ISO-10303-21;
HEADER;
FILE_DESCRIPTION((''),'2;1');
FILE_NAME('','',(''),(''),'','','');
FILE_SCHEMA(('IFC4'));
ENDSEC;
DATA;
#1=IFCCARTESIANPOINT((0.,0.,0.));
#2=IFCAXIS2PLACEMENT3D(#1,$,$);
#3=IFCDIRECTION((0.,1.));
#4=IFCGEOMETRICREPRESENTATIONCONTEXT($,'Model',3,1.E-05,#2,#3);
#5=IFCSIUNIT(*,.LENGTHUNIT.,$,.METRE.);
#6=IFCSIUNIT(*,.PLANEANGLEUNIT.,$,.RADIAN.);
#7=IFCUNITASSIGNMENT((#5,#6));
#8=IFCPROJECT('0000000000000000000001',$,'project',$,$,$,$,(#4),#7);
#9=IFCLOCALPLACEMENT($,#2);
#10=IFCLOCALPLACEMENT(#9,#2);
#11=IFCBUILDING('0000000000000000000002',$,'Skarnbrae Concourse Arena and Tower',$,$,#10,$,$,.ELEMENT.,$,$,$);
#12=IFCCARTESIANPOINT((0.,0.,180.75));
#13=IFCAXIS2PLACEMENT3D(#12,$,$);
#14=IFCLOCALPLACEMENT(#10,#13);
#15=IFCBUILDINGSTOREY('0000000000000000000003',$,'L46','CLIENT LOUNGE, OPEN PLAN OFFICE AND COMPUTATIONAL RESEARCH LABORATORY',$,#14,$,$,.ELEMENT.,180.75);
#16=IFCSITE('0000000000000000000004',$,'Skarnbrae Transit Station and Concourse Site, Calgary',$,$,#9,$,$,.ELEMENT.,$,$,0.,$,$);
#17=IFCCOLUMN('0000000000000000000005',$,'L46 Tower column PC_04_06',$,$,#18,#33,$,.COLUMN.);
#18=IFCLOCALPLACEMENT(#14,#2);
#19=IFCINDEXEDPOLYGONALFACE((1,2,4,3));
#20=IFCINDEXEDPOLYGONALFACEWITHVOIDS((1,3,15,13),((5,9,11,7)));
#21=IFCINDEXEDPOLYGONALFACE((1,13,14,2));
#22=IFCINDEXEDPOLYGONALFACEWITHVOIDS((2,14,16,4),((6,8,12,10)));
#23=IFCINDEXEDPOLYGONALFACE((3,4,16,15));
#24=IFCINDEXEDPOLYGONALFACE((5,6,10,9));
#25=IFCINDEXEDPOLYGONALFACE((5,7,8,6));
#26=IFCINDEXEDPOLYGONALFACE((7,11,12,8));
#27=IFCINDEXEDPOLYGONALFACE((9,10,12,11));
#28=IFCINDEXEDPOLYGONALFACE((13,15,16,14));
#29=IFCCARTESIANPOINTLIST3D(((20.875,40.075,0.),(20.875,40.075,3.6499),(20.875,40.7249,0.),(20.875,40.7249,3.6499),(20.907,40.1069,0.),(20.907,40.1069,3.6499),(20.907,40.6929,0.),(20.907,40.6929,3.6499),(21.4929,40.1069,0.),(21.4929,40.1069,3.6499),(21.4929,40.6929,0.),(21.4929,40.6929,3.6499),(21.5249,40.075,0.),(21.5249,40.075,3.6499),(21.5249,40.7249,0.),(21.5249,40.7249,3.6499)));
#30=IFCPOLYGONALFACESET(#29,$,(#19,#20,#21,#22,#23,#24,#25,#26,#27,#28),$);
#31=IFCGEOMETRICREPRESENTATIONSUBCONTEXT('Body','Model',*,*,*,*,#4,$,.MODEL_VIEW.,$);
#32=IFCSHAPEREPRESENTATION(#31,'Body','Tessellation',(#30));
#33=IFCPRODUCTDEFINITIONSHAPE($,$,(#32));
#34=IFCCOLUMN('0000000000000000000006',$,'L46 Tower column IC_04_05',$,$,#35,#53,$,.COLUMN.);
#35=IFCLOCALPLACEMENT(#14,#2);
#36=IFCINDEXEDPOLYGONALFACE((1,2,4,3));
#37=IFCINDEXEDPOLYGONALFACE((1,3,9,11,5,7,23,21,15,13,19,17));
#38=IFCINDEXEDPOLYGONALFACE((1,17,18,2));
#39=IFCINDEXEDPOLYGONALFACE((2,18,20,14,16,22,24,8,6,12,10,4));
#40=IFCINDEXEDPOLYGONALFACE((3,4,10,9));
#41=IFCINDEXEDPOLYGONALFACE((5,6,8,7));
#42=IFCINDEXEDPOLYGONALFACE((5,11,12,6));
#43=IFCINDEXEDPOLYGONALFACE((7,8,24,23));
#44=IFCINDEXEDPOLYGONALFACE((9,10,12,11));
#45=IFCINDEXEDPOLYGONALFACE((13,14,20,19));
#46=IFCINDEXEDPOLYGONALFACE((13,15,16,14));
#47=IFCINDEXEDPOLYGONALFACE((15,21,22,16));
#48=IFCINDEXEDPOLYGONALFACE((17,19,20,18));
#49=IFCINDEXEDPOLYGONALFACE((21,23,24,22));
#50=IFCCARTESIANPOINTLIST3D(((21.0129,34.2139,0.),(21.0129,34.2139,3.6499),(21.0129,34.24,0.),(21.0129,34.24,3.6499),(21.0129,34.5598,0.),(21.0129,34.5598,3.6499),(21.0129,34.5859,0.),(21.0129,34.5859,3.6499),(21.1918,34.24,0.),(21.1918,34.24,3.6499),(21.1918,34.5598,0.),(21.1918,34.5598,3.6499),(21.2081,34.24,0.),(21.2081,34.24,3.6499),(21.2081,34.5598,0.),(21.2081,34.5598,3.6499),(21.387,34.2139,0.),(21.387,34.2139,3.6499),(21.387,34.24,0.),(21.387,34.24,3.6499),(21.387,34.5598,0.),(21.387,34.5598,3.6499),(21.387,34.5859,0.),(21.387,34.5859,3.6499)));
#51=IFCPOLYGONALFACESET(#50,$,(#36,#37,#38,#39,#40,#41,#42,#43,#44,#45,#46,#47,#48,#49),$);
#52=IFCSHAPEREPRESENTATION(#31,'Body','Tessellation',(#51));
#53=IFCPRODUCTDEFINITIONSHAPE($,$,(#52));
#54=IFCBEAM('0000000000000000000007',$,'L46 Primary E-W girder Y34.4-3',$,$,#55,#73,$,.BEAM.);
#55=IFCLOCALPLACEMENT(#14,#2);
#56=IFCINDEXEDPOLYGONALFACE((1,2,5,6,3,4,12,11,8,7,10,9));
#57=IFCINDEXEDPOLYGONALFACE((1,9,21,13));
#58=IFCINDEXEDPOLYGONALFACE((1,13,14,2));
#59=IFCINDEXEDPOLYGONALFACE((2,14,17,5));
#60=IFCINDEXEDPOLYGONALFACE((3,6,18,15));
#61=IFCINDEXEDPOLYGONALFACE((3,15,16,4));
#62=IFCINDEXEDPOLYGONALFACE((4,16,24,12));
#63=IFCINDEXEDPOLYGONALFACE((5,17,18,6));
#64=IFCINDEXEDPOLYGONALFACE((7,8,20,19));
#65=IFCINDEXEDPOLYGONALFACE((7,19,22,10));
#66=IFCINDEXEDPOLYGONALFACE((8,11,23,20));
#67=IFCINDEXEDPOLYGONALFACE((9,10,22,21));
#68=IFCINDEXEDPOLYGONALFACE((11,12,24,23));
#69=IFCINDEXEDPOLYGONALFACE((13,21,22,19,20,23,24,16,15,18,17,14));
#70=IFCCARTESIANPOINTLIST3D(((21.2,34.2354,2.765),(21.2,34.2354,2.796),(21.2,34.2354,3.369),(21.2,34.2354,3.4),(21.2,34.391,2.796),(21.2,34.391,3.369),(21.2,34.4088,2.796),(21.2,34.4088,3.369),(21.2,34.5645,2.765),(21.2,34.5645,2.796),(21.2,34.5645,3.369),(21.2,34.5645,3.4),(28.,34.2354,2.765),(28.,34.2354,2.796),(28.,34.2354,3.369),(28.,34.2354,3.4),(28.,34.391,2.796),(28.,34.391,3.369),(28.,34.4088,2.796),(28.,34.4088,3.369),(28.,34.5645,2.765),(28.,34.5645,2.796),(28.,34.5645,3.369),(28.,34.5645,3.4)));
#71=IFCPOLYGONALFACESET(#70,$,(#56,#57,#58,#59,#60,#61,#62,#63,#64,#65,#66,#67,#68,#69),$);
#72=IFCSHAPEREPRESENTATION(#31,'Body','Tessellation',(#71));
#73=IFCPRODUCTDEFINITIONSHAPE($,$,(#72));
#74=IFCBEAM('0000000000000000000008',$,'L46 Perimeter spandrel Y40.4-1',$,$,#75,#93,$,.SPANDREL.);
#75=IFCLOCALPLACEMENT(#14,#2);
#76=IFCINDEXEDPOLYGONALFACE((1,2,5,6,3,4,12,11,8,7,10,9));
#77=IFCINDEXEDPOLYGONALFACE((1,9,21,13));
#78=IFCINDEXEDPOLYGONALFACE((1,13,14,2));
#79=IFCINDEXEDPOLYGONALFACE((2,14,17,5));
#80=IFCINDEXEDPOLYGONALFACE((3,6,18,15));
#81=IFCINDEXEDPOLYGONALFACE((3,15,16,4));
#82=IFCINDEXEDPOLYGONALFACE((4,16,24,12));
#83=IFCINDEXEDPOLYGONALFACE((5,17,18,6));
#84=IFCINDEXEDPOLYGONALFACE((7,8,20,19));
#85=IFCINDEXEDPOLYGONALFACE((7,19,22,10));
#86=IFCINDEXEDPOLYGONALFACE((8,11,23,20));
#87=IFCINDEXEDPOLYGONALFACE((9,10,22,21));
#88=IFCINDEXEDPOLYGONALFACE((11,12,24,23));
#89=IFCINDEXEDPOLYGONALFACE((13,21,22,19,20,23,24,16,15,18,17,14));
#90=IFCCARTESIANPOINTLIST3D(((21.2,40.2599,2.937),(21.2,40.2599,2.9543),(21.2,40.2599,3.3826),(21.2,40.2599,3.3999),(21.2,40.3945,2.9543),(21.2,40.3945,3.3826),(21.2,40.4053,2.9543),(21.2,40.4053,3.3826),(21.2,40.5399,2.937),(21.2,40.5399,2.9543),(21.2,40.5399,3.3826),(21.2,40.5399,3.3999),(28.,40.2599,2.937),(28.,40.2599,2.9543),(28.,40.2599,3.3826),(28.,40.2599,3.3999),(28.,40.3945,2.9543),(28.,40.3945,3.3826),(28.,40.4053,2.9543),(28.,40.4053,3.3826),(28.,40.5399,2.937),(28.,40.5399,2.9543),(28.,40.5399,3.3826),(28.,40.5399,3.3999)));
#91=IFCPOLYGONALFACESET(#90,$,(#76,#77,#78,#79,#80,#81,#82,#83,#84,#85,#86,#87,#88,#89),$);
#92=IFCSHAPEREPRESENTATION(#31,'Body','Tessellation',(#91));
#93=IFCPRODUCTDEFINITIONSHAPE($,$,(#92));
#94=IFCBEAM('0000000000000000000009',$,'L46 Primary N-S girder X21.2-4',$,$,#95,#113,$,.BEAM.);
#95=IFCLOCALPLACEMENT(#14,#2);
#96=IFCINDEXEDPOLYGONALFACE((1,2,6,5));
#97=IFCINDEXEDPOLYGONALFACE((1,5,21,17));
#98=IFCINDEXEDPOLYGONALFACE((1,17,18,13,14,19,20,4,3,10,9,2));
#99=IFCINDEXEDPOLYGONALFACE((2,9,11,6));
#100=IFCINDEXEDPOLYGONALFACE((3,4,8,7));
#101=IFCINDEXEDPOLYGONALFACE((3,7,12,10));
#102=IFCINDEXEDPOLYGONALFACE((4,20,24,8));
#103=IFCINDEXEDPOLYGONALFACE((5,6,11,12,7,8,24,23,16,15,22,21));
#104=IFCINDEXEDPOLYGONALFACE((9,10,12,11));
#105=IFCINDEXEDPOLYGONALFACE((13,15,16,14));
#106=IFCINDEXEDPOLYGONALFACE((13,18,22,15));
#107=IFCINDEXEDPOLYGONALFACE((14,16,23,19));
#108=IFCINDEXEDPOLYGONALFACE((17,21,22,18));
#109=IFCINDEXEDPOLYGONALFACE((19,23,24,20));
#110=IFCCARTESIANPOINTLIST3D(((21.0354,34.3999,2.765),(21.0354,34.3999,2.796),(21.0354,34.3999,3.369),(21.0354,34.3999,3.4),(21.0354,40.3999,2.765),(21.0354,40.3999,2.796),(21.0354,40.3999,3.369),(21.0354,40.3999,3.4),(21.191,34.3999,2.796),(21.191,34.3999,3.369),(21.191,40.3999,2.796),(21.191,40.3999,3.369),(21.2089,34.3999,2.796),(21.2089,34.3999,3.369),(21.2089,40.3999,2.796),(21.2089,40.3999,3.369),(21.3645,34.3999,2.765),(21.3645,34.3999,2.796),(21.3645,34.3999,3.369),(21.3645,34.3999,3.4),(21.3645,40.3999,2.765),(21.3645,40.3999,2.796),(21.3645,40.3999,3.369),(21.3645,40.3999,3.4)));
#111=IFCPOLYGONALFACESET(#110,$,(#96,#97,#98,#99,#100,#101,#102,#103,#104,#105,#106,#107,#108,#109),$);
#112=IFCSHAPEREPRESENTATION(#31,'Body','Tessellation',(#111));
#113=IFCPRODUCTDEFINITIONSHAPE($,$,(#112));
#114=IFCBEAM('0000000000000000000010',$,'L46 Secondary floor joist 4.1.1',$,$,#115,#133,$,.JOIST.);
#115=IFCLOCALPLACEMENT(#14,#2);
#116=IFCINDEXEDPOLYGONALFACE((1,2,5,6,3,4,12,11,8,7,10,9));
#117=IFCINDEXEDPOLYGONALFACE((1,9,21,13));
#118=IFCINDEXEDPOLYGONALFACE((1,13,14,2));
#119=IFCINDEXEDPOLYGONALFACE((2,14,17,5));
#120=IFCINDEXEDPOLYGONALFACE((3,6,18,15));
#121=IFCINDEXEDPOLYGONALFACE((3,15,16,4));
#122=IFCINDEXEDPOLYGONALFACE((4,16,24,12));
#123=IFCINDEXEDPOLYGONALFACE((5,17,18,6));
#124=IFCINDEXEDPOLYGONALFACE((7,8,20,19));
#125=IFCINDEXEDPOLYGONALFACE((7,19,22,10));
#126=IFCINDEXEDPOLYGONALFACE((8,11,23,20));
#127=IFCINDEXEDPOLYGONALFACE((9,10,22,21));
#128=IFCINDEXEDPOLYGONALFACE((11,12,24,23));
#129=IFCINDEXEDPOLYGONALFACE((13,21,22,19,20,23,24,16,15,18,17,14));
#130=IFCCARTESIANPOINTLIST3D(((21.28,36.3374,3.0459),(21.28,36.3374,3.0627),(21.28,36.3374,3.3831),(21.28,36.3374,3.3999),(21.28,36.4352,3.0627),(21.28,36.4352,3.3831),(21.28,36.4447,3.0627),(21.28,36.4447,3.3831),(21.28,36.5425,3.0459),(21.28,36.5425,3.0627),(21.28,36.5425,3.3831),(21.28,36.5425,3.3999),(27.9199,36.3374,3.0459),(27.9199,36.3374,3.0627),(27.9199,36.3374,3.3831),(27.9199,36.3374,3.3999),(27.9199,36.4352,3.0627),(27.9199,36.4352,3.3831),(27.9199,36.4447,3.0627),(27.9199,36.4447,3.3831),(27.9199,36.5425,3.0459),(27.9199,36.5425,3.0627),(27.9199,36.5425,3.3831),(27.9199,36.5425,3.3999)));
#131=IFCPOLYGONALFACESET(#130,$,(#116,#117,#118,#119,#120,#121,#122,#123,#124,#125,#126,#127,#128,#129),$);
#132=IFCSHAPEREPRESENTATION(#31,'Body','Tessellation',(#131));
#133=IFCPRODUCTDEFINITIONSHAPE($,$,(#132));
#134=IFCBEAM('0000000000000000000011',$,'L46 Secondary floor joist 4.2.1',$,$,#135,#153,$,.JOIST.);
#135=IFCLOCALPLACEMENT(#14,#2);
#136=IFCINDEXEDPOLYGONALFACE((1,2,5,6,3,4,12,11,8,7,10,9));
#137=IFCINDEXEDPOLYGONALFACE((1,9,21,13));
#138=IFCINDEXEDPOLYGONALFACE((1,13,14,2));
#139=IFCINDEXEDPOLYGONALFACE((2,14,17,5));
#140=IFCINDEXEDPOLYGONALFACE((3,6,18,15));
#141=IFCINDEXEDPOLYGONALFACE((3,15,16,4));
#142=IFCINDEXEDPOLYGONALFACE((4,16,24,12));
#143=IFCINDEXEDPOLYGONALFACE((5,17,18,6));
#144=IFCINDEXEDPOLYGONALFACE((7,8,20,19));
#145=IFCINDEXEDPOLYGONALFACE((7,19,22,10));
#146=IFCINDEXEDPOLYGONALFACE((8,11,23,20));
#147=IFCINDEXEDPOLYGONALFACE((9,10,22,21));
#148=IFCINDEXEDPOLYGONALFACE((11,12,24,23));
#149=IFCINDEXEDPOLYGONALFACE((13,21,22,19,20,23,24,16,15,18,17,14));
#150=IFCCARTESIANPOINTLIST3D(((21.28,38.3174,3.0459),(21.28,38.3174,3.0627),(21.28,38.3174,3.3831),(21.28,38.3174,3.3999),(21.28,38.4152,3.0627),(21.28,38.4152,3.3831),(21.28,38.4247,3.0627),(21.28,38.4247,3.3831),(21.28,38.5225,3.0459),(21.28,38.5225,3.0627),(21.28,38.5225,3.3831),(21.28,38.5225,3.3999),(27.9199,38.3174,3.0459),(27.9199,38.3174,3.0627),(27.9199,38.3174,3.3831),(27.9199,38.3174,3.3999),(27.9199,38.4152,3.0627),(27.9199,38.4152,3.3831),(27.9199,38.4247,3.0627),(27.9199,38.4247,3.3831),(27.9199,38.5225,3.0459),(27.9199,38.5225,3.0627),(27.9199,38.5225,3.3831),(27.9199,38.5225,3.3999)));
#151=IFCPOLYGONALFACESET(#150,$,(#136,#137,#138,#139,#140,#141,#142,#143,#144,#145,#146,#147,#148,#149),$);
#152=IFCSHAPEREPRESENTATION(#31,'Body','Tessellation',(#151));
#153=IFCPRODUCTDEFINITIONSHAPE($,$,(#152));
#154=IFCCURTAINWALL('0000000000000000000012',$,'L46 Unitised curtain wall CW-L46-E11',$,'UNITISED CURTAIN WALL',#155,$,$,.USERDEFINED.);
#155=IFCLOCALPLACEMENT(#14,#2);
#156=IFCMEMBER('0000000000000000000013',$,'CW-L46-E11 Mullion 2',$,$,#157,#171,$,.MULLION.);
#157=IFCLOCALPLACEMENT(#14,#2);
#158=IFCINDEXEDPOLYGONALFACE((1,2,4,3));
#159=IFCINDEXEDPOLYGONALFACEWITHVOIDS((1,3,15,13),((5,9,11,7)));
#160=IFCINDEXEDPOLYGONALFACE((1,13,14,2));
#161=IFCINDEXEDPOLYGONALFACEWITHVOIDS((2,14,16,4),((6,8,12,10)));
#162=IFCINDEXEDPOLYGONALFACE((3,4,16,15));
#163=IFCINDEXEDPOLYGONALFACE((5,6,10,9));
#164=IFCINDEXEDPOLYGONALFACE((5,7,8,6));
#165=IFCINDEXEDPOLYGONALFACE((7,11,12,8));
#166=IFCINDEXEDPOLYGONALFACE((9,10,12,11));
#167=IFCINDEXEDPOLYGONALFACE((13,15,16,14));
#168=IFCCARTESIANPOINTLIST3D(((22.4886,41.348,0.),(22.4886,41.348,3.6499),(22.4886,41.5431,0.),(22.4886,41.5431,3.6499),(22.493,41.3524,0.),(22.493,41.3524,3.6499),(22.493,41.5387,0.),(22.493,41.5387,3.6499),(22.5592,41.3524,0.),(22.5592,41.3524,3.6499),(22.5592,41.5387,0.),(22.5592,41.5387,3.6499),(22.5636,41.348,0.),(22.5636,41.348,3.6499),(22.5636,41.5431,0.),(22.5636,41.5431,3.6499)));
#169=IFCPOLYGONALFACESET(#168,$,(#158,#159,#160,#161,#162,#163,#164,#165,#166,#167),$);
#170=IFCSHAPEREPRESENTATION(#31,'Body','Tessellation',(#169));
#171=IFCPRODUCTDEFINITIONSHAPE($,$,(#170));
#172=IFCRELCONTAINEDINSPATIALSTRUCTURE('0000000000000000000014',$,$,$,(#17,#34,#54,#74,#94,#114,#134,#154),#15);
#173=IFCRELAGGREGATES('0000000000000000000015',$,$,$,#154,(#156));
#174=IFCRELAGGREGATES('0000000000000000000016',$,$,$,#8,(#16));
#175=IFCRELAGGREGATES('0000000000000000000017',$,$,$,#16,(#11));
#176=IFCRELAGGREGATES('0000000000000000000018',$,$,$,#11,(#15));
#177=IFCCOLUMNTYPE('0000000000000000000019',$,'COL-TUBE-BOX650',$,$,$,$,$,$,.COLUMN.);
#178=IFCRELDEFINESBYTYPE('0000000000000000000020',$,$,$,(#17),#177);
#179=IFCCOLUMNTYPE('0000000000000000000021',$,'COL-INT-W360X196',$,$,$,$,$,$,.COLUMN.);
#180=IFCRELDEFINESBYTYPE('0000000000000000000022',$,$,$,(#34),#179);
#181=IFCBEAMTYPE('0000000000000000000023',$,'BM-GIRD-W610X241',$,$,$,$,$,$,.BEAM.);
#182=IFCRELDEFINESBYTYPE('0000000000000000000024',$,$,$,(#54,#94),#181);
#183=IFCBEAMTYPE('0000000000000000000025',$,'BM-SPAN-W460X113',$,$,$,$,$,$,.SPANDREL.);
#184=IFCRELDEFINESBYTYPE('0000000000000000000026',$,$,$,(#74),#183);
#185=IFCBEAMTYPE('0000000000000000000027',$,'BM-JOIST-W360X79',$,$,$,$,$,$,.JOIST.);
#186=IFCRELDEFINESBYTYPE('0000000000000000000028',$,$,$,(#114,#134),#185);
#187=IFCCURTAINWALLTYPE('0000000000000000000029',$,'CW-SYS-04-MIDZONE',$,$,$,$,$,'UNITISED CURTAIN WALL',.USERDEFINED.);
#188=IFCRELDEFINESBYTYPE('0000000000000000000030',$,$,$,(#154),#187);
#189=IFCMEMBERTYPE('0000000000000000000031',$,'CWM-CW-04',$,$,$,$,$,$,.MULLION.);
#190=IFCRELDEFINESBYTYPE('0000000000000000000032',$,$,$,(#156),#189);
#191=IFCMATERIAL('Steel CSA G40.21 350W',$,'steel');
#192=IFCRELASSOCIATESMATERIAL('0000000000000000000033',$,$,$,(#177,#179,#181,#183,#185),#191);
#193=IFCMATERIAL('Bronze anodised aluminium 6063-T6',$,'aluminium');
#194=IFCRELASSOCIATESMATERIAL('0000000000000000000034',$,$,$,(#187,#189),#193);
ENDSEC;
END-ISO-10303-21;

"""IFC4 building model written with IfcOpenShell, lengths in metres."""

from ifc_helpers import new_model, si_unit, direction, frame, origin, origin_2d, place, context, subcontext, project, spatial, hollow_rectangle, i_section, extrude, source, transform, mapped, material, material_profile, profile_set, type_object, element, aggregate, save


model = new_model("IFC4")

# Units and contexts
model_context = context("Model", 3, precision=1e-05, world=origin(), true_north=direction((0.0, 1.0)))
body_context = subcontext(model_context, "Body", "Model", "MODEL_VIEW")
ifc_project = project(units=[si_unit("LENGTHUNIT", "METRE"), si_unit("PLANEANGLEUNIT", "RADIAN")], contexts=[model_context])

# Site, building, storey
site_placement = place(None, origin())
site = spatial("IfcSite", under=ifc_project, at=site_placement, Name="Skarnbrae Transit Station and Concourse Site, Calgary", CompositionType="ELEMENT", RefElevation=0.0)
building_placement = place(site_placement, origin())
building = spatial("IfcBuilding", under=site, at=building_placement, Name="Skarnbrae Concourse Arena and Tower", CompositionType="ELEMENT")
storey_placement = place(building_placement, frame((0.0, 0.0, 180.75)))
storey = spatial("IfcBuildingStorey", under=building, at=storey_placement, Name="L46", Description="CLIENT LOUNGE, OPEN PLAN OFFICE AND COMPUTATIONAL RESEARCH LABORATORY", CompositionType="ELEMENT", Elevation=180.75)

# Columns
ifc_material_1 = material(Name="Steel CSA G40.21 350W", Category="steel")
ifc_material_profile_1 = material_profile(ifc_material_1, hollow_rectangle(XDim=0.6499, YDim=0.6499, WallThickness=0.032, at=origin_2d()), Name="BOX650X650X32")
ifc_profile_set_1 = profile_set([ifc_material_profile_1], Name="Steel CSA G40.21 350W")
column_type_1 = type_object("IfcColumnType", Name="COL-TUBE-BOX650", PredefinedType="COLUMN", material=ifc_profile_set_1)
shared_shape_1 = source(origin(), body_context, "Body", "SweptSolid", [
    extrude(hollow_rectangle(XDim=0.6499, YDim=0.6499, WallThickness=0.032, at=origin_2d()), origin(), (0.0, 0.0, 1.0), 3.6499),
])
column_1_placement = place(storey_placement, frame((21.2, 40.3999, 0.0), z_axis=(0.0, 0.0, 1.0), x_axis=(1.0, 0.0, 0.0)))
element("IfcColumn", 1, at=column_1_placement, inside=storey, type_object=column_type_1, Name="L46 Tower column PC_04_06", PredefinedType="COLUMN", context=body_context, shape_type="MappedRepresentation", body=[
    mapped(shared_shape_1, transform((0.0, 0.0, 0.0))),
])
ifc_material_profile_2 = material_profile(ifc_material_1, i_section(OverallWidth=0.374, OverallDepth=0.3721, WebThickness=0.0164, FlangeThickness=0.0261, at=origin_2d()), Name="W360X196")
ifc_profile_set_2 = profile_set([ifc_material_profile_2], Name="Steel CSA G40.21 350W")
column_type_2 = type_object("IfcColumnType", Name="COL-INT-W360X196", PredefinedType="COLUMN", material=ifc_profile_set_2)
shared_shape_2 = source(origin(), body_context, "Body", "SweptSolid", [
    extrude(i_section(OverallWidth=0.374, OverallDepth=0.3721, WebThickness=0.0164, FlangeThickness=0.0261, at=origin_2d()), origin(), (0.0, 0.0, 1.0), 3.6499),
])
column_2_placement = place(storey_placement, frame((21.2, 34.3999, 0.0), z_axis=(0.0, 0.0, 1.0), x_axis=(1.0, 0.0, 0.0)))
element("IfcColumn", 2, at=column_2_placement, inside=storey, type_object=column_type_2, Name="L46 Tower column IC_04_05", PredefinedType="COLUMN", context=body_context, shape_type="MappedRepresentation", body=[
    mapped(shared_shape_2, transform((0.0, 0.0, 0.0))),
])

# Beams
ifc_material_profile_3 = material_profile(ifc_material_1, i_section(OverallWidth=0.3291, OverallDepth=0.635, WebThickness=0.0178, FlangeThickness=0.031, at=origin_2d()), Name="W610X241")
ifc_profile_set_3 = profile_set([ifc_material_profile_3], Name="Steel CSA G40.21 350W")
beam_type_1 = type_object("IfcBeamType", Name="BM-GIRD-W610X241", PredefinedType="BEAM", material=ifc_profile_set_3)
shared_shape_3 = source(origin(), body_context, "Body", "SweptSolid", [
    extrude(i_section(OverallWidth=0.3291, OverallDepth=0.635, WebThickness=0.0178, FlangeThickness=0.031, at=origin_2d()), origin(), (0.0, 0.0, 1.0), 6.8),
])
beam_1_placement = place(storey_placement, frame((21.2, 34.3999, 3.0825), z_axis=(1.0, 0.0, 0.0), x_axis=(0.0, 1.0, 0.0)))
element("IfcBeam", 3, at=beam_1_placement, inside=storey, type_object=beam_type_1, Name="L46 Primary E-W girder Y34.4-3", PredefinedType="BEAM", context=body_context, shape_type="MappedRepresentation", body=[
    mapped(shared_shape_3, transform((0.0, 0.0, 0.0))),
])
ifc_material_profile_4 = material_profile(ifc_material_1, i_section(OverallWidth=0.28, OverallDepth=0.4629, WebThickness=0.0107, FlangeThickness=0.0173, at=origin_2d()), Name="W460X113")
ifc_profile_set_4 = profile_set([ifc_material_profile_4], Name="Steel CSA G40.21 350W")
beam_type_2 = type_object("IfcBeamType", Name="BM-SPAN-W460X113", PredefinedType="SPANDREL", material=ifc_profile_set_4)
shared_shape_4 = source(origin(), body_context, "Body", "SweptSolid", [
    extrude(i_section(OverallWidth=0.28, OverallDepth=0.4629, WebThickness=0.0107, FlangeThickness=0.0173, at=origin_2d()), origin(), (0.0, 0.0, 1.0), 6.8),
])
beam_2_placement = place(storey_placement, frame((21.2, 40.3999, 3.1685), z_axis=(1.0, 0.0, 0.0), x_axis=(0.0, 1.0, 0.0)))
element("IfcBeam", 4, at=beam_2_placement, inside=storey, type_object=beam_type_2, Name="L46 Perimeter spandrel Y40.4-1", PredefinedType="SPANDREL", context=body_context, shape_type="MappedRepresentation", body=[
    mapped(shared_shape_4, transform((0.0, 0.0, 0.0))),
])
shared_shape_5 = source(origin(), body_context, "Body", "SweptSolid", [
    extrude(i_section(OverallWidth=0.3291, OverallDepth=0.635, WebThickness=0.0178, FlangeThickness=0.031, at=origin_2d()), origin(), (0.0, 0.0, 1.0), 6.0),
])
beam_3_placement = place(storey_placement, frame((21.2, 34.3999, 3.0825), z_axis=(0.0, 1.0, 0.0), x_axis=(-1.0, 0.0, 0.0)))
element("IfcBeam", 5, at=beam_3_placement, inside=storey, type_object=beam_type_1, Name="L46 Primary N-S girder X21.2-4", PredefinedType="BEAM", context=body_context, shape_type="MappedRepresentation", body=[
    mapped(shared_shape_5, transform((0.0, 0.0, 0.0))),
])
ifc_material_profile_5 = material_profile(ifc_material_1, i_section(OverallWidth=0.2051, OverallDepth=0.354, WebThickness=0.0095, FlangeThickness=0.0168, at=origin_2d()), Name="W360X79")
ifc_profile_set_5 = profile_set([ifc_material_profile_5], Name="Steel CSA G40.21 350W")
beam_type_3 = type_object("IfcBeamType", Name="BM-JOIST-W360X79", PredefinedType="JOIST", material=ifc_profile_set_5)
shared_shape_6 = source(origin(), body_context, "Body", "SweptSolid", [
    extrude(i_section(OverallWidth=0.2051, OverallDepth=0.354, WebThickness=0.0095, FlangeThickness=0.0168, at=origin_2d()), origin(), (0.0, 0.0, 1.0), 6.6399),
])
for number, where, z_axis, x_axis, name in (
    (6, (21.28, 36.4399, 3.2229), (1.0, 0.0, 0.0), (0.0, 1.0, 0.0), "L46 Secondary floor joist 4.1.1"),
    (7, (21.28, 38.4199, 3.2229), (1.0, 0.0, 0.0), (0.0, 1.0, 0.0), "L46 Secondary floor joist 4.2.1"),
):
    element("IfcBeam", number, at=place(storey_placement, frame(where, z_axis=z_axis, x_axis=x_axis)), inside=storey, type_object=beam_type_3, Name=name, PredefinedType="JOIST", context=body_context, shape_type="MappedRepresentation", body=[
        mapped(shared_shape_6, transform((0.0, 0.0, 0.0))),
    ])

# Curtain wall, member
ifc_material_2 = material(Name="Bronze anodised aluminium 6063-T6", Category="aluminium")
curtain_wall_type = type_object("IfcCurtainWallType", Name="CW-SYS-04-MIDZONE", ElementType="UNITISED CURTAIN WALL", PredefinedType="USERDEFINED", material=ifc_material_2)
curtain_wall_1_placement = place(storey_placement, origin())
curtain_wall_1 = element("IfcCurtainWall", 8, at=curtain_wall_1_placement, inside=storey, type_object=curtain_wall_type, Name="L46 Unitised curtain wall CW-L46-E11", ObjectType="UNITISED CURTAIN WALL", PredefinedType="USERDEFINED")
ifc_material_profile_6 = material_profile(ifc_material_2, hollow_rectangle(XDim=0.075, YDim=0.1951, WallThickness=0.0044, at=origin_2d()), Name="ALU-MULL-75X195")
ifc_profile_set_6 = profile_set([ifc_material_profile_6], Name="Bronze anodised aluminium 6063-T6")
member_type_1 = type_object("IfcMemberType", Name="CWM-CW-04", PredefinedType="MULLION", material=ifc_profile_set_6)
shared_shape_7 = source(origin(), body_context, "Body", "SweptSolid", [
    extrude(hollow_rectangle(XDim=0.075, YDim=0.1951, WallThickness=0.0044, at=origin_2d()), origin(), (0.0, 0.0, 1.0), 3.6499),
])
member_1_placement = place(storey_placement, frame((22.5261, 41.4456, 0.0), z_axis=(0.0, 0.0, 1.0), x_axis=(-1.0, 0.0, 0.0)))
member_1 = element("IfcMember", 9, at=member_1_placement, type_object=member_type_1, Name="CW-L46-E11 Mullion 2", PredefinedType="MULLION", context=body_context, shape_type="MappedRepresentation", body=[
    mapped(shared_shape_7, transform((0.0, 0.0, 0.0))),
])

aggregate(curtain_wall_1, [member_1])

save(model, "model.ifc")
